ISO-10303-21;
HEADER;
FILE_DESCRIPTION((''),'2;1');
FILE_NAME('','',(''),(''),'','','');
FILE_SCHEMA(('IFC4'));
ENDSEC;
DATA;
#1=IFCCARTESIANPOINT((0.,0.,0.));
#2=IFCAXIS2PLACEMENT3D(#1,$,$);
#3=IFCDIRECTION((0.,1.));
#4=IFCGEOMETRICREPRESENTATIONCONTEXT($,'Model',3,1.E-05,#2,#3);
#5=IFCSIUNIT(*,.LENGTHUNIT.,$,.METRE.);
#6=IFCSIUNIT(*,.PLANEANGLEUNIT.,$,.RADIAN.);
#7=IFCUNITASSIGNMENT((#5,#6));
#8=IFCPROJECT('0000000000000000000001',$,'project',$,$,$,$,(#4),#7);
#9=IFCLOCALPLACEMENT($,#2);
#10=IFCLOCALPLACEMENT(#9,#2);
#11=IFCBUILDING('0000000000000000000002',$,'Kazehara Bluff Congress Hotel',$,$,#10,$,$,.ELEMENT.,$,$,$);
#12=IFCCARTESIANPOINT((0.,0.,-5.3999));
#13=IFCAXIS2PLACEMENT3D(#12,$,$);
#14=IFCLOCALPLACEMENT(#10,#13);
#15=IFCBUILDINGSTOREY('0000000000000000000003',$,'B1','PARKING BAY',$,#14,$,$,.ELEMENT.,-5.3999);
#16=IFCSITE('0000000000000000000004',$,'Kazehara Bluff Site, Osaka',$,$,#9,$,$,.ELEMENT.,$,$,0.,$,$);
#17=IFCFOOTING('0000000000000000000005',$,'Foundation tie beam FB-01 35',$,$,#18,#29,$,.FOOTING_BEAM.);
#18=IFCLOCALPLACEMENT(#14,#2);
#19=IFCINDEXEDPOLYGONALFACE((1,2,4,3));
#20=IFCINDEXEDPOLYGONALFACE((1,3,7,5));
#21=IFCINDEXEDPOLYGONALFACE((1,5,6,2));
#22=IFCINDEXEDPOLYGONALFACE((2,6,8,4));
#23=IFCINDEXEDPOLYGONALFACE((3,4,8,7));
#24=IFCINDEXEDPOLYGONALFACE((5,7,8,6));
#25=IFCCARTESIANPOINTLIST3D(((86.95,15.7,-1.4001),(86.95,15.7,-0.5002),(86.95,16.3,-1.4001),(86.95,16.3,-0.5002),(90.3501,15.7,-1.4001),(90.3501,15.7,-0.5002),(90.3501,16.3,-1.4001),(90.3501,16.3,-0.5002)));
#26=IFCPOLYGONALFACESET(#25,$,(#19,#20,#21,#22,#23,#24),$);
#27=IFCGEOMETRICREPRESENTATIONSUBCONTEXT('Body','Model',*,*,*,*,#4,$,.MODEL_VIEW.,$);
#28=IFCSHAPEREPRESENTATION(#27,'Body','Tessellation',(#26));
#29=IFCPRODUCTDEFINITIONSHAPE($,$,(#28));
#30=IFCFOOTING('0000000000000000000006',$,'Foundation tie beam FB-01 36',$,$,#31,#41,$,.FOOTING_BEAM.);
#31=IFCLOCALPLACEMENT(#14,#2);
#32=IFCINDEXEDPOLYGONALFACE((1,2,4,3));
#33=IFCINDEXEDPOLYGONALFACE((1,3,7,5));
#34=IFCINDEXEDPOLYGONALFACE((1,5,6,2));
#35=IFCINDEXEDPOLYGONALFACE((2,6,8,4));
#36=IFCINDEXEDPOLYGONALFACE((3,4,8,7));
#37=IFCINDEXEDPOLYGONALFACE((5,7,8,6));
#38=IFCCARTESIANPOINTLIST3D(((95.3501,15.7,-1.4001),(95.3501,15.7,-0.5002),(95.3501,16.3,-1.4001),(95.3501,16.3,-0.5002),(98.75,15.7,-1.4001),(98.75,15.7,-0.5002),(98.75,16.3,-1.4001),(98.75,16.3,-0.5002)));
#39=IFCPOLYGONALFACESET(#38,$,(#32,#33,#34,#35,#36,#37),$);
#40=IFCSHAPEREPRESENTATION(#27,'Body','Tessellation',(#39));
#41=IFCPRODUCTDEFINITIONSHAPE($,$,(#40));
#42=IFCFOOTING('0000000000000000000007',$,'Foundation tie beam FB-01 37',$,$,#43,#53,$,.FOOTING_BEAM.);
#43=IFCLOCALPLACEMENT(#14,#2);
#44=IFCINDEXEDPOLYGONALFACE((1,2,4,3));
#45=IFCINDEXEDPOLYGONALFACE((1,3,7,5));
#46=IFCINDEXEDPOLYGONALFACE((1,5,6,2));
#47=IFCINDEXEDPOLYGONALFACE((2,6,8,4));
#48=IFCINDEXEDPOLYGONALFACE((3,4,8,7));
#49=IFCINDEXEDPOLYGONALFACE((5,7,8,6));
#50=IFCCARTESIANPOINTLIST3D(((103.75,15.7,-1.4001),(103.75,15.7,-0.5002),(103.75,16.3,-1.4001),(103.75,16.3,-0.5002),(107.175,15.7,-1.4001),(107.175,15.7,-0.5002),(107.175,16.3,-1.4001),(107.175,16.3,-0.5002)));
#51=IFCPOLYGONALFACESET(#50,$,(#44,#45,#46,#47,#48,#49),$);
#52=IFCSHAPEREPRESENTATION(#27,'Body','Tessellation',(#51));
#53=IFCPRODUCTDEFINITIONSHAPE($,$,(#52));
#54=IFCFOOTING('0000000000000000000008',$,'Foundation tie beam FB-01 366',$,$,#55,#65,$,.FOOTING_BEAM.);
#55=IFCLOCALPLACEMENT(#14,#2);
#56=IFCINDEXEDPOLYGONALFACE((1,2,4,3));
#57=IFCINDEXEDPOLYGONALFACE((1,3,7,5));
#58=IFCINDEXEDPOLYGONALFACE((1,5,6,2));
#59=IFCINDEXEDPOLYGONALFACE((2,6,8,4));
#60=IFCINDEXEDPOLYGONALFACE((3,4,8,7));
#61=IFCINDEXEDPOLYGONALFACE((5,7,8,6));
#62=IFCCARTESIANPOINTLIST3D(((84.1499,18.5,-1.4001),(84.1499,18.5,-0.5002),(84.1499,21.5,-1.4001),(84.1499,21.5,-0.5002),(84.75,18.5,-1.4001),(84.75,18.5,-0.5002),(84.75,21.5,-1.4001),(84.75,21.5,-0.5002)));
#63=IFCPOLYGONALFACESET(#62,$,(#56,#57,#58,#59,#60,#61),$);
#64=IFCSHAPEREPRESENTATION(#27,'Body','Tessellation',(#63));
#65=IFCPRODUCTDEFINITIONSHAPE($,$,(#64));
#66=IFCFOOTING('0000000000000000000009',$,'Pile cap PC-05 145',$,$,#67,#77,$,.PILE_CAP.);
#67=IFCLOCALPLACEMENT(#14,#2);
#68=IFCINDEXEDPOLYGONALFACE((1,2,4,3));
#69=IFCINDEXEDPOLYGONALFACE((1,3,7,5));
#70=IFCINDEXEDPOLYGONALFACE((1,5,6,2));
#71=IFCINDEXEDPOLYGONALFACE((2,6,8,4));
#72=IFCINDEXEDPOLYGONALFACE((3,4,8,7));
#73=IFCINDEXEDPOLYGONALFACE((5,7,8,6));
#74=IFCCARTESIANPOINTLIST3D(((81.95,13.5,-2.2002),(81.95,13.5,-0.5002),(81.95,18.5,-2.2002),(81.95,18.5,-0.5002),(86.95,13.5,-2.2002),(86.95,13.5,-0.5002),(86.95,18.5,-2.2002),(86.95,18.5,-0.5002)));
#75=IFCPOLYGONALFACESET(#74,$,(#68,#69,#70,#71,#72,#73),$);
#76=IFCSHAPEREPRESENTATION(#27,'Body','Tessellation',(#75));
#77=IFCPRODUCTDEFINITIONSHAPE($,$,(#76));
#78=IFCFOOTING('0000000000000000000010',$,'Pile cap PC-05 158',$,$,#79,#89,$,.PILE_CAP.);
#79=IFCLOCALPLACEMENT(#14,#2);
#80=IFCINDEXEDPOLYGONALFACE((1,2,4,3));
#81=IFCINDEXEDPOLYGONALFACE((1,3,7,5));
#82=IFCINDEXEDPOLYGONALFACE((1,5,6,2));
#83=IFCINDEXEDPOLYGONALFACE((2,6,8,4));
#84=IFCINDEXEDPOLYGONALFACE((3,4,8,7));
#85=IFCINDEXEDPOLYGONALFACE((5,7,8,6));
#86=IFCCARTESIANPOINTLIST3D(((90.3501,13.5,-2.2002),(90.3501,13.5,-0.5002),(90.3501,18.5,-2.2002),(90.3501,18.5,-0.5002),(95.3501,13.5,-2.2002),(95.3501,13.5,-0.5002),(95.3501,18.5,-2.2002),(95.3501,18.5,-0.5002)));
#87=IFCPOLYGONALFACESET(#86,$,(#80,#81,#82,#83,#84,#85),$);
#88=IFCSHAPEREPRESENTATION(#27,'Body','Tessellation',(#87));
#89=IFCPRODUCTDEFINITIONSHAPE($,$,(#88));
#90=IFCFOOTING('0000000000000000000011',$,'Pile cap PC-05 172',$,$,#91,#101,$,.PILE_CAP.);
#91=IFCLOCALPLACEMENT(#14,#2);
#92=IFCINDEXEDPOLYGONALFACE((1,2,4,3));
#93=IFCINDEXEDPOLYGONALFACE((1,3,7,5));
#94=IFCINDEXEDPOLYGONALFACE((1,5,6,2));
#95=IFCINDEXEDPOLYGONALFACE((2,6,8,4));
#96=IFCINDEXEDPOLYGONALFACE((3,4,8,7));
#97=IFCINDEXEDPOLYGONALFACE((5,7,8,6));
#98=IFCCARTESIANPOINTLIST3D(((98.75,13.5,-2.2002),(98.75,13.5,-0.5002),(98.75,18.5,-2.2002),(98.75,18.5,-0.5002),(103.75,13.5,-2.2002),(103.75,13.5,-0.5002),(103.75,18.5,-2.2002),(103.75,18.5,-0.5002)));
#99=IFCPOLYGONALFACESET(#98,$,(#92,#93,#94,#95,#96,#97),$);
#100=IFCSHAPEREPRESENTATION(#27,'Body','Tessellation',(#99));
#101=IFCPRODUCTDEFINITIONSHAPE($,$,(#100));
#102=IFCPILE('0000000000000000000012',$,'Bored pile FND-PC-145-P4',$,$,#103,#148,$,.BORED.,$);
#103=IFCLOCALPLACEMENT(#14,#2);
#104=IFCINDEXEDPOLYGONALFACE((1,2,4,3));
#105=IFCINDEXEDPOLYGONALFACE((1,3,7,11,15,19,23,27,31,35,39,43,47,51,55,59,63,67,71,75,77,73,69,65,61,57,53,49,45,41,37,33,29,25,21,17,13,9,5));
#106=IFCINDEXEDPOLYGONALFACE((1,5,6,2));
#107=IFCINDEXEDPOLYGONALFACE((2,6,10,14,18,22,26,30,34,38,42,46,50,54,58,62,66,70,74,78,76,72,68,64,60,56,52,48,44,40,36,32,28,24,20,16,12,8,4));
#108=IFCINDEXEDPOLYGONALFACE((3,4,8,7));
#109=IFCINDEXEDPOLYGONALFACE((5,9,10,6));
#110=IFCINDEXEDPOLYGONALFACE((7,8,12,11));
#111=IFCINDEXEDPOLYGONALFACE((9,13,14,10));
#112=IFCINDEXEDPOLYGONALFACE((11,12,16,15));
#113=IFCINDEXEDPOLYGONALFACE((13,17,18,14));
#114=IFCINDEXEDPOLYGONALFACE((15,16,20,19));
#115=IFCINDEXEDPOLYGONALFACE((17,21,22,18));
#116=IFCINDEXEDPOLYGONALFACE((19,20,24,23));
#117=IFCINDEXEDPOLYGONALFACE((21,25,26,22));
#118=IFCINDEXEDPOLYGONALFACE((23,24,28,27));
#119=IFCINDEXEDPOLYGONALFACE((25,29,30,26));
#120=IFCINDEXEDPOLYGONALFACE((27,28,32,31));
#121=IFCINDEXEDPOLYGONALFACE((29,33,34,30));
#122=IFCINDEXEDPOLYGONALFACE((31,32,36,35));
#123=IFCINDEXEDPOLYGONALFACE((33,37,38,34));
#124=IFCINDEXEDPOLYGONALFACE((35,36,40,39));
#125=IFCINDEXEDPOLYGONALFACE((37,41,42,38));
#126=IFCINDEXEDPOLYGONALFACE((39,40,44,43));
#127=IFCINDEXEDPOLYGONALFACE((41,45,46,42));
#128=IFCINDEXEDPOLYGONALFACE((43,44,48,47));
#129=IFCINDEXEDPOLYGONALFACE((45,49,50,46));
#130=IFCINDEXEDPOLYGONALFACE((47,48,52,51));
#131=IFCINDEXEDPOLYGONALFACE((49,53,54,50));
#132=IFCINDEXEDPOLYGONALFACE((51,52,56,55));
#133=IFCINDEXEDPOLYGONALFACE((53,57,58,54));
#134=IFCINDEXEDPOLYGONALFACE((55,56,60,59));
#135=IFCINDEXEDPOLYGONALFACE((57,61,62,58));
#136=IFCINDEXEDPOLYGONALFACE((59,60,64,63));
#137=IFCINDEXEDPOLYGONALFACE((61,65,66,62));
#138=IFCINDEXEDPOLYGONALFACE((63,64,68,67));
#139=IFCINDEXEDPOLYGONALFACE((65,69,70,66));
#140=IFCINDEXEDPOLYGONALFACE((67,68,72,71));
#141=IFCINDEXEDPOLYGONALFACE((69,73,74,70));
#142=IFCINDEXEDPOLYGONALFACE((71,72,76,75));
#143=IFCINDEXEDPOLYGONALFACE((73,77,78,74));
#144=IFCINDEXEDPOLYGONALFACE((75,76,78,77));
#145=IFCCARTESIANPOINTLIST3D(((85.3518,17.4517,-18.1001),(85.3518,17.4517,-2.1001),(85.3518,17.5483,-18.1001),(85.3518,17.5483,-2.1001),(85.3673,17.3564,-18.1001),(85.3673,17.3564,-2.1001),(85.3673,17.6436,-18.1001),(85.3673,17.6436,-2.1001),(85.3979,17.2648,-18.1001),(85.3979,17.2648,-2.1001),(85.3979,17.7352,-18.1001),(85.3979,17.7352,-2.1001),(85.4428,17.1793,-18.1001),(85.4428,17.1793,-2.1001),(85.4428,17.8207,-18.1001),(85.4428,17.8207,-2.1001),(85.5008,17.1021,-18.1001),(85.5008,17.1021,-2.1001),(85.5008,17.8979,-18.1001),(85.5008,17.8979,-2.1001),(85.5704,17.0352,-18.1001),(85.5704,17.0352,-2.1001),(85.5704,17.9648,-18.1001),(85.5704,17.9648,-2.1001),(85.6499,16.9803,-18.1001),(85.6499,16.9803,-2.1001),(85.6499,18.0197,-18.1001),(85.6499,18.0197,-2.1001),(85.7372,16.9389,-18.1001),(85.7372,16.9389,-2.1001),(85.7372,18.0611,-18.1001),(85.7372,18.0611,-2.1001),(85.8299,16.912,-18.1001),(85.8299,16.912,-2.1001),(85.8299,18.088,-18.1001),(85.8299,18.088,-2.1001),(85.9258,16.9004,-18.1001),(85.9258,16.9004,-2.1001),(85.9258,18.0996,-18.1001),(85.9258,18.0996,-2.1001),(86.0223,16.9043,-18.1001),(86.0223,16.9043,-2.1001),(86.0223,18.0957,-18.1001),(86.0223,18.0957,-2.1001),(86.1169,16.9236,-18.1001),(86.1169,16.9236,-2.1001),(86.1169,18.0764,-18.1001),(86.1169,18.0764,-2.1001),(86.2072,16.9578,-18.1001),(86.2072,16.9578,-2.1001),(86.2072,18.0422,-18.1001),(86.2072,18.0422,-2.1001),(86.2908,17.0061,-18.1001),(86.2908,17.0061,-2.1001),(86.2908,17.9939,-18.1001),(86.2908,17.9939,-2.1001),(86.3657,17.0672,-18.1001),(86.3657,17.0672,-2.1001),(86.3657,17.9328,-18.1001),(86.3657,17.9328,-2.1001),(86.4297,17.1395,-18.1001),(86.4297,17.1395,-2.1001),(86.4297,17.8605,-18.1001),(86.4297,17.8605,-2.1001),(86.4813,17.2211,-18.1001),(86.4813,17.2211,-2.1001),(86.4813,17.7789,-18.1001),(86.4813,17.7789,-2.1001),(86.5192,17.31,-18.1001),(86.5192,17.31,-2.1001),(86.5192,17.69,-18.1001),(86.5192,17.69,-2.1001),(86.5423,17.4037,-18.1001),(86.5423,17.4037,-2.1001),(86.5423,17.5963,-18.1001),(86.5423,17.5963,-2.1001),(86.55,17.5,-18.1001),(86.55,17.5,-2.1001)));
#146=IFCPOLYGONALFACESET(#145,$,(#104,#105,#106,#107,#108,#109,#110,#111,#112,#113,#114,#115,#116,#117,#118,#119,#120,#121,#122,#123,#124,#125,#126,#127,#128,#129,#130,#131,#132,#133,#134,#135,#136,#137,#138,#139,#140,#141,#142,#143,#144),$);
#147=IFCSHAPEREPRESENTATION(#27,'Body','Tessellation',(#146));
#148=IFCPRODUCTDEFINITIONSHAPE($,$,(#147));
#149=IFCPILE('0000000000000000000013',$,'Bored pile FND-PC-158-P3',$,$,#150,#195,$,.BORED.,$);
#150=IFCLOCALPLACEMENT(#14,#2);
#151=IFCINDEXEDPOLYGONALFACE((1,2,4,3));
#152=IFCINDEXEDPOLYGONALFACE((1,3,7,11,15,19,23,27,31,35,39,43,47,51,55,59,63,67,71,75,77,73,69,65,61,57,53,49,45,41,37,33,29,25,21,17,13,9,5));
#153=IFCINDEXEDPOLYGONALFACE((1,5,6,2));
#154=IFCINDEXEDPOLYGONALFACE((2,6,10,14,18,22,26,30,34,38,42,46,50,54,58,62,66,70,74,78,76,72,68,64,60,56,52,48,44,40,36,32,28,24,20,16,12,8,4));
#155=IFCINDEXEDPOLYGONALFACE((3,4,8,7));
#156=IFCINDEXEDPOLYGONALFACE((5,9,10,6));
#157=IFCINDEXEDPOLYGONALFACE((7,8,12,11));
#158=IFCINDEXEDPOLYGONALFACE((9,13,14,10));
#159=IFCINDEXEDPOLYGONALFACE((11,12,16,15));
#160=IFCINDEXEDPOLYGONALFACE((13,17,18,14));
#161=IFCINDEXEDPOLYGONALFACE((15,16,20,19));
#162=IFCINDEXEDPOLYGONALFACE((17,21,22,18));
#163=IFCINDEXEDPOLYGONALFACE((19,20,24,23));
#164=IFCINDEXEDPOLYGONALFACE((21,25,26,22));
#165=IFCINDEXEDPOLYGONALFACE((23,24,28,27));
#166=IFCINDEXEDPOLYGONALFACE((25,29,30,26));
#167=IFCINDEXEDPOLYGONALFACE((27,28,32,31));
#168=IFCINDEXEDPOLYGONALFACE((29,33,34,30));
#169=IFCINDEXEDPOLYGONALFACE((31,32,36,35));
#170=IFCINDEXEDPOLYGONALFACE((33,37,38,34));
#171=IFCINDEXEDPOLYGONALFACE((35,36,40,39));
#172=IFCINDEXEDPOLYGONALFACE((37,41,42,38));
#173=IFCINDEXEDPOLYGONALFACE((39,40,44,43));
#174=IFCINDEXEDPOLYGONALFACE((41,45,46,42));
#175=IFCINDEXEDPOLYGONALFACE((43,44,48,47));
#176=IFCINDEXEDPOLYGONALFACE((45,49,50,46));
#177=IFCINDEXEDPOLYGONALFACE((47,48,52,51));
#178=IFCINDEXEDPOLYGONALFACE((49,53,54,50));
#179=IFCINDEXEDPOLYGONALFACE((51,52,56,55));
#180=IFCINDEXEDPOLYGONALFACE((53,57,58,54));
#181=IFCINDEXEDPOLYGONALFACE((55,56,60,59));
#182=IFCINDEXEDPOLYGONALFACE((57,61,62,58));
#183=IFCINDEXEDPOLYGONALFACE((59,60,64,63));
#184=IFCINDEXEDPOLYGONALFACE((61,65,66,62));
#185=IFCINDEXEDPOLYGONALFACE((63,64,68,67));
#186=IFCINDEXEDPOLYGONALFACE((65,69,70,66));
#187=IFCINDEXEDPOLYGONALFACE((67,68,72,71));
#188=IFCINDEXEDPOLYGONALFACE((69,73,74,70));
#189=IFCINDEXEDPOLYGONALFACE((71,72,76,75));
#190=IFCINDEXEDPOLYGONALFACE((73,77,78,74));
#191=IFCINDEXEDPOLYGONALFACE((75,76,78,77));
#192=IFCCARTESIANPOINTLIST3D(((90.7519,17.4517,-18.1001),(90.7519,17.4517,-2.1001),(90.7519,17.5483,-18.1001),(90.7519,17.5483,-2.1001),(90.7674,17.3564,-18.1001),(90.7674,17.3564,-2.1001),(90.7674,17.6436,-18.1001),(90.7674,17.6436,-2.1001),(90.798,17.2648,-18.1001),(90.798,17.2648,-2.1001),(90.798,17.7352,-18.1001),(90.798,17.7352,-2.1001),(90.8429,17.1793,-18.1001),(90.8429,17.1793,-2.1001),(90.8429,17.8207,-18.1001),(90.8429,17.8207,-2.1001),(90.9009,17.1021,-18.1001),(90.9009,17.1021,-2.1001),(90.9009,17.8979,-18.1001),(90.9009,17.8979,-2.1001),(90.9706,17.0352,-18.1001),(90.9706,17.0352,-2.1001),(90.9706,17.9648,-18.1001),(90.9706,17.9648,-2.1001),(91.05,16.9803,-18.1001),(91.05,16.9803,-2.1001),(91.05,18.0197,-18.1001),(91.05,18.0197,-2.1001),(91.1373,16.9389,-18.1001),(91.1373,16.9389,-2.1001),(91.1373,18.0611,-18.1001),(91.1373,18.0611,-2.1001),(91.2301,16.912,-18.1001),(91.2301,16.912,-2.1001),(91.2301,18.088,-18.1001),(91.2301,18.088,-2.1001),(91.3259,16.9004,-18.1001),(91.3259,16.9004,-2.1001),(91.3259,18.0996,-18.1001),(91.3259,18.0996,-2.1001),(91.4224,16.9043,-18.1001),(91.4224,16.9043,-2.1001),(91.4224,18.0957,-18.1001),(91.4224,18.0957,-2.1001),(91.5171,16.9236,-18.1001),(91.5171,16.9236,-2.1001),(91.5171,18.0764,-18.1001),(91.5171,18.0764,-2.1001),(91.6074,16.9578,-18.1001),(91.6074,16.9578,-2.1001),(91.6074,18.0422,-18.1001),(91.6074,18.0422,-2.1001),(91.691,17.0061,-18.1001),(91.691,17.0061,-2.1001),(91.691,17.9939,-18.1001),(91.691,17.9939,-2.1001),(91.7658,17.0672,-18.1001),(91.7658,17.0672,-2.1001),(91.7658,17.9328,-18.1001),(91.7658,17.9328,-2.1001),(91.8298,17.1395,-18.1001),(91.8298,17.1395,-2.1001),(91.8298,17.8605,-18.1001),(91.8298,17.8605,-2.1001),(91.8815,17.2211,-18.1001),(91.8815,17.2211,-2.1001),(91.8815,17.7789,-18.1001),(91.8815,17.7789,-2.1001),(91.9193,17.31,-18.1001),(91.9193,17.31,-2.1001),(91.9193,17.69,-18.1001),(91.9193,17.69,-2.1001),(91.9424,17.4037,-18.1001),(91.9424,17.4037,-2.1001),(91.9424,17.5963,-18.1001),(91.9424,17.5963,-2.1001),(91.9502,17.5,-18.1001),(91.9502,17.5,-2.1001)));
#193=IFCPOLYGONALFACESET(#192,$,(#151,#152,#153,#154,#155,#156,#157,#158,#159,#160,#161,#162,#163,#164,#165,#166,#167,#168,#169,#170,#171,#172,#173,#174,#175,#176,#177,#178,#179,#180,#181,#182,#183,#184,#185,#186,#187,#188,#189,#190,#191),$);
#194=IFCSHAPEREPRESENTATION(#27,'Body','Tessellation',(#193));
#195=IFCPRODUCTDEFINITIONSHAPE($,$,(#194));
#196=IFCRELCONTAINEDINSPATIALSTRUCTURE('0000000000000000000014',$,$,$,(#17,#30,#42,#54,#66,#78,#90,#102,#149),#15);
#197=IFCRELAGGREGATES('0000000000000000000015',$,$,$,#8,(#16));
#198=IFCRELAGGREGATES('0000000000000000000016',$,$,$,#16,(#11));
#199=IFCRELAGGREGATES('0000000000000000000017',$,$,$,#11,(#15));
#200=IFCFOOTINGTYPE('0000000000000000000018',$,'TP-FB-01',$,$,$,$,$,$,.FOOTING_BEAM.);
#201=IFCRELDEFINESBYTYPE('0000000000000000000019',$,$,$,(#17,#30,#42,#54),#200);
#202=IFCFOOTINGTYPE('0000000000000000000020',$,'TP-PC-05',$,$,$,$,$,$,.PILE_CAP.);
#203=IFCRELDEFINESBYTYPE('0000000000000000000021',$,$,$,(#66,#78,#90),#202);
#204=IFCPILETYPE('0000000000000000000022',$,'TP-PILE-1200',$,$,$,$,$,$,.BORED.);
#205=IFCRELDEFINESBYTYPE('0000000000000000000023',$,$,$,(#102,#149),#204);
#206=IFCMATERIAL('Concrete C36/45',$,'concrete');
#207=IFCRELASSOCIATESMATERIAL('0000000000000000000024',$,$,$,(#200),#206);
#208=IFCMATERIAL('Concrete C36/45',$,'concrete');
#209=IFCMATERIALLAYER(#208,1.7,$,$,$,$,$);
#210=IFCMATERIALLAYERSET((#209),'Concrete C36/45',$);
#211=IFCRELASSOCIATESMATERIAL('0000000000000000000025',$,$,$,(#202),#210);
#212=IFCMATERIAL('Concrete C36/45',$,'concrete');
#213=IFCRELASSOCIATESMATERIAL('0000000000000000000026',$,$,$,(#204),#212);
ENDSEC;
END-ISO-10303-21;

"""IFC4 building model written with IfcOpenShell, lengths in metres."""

from ifc_helpers import new_model, si_unit, direction, frame, origin, origin_2d, place, context, subcontext, project, spatial, rectangle, circle, extrude, material, layer, layer_set, material_profile, profile_set, type_object, element, save


model = new_model("IFC4")

# Units and contexts
model_context = context("Model", 3, precision=1e-05, world=origin(), true_north=direction((0.0, 1.0)))
body_context = subcontext(model_context, "Body", "Model", "MODEL_VIEW")
ifc_project = project(units=[si_unit("LENGTHUNIT", "METRE"), si_unit("PLANEANGLEUNIT", "RADIAN")], contexts=[model_context])

# Site, building, storey
site_placement = place(None, origin())
site = spatial("IfcSite", under=ifc_project, at=site_placement, Name="Kazehara Bluff Site, Osaka", CompositionType="ELEMENT", RefElevation=0.0)
building_placement = place(site_placement, origin())
building = spatial("IfcBuilding", under=site, at=building_placement, Name="Kazehara Bluff Congress Hotel", CompositionType="ELEMENT")
storey_placement = place(building_placement, frame((0.0, 0.0, -5.3999)))
storey = spatial("IfcBuildingStorey", under=building, at=storey_placement, Name="B1", Description="PARKING BAY", CompositionType="ELEMENT", Elevation=-5.3999)

# Footings
ifc_material_1 = material(Name="Concrete C36/45", Category="concrete")
ifc_material_profile_1 = material_profile(ifc_material_1, rectangle(XDim=0.6001, YDim=0.8999, at=origin_2d()))
ifc_profile_set_1 = profile_set([ifc_material_profile_1], Name="Concrete C36/45")
footing_type_1 = type_object("IfcFootingType", Name="TP-FB-01", PredefinedType="FOOTING_BEAM", material=ifc_profile_set_1)
footing_1_placement = place(storey_placement, frame((86.95, 16.0, -0.9502), z_axis=(1.0, 0.0, 0.0), x_axis=(0.0, 1.0, 0.0)))
element("IfcFooting", 1, at=footing_1_placement, inside=storey, type_object=footing_type_1, Name="Foundation tie beam FB-01 35", PredefinedType="FOOTING_BEAM", context=body_context, shape_type="SweptSolid", body=[
    extrude(rectangle(XDim=0.6001, YDim=0.8999, at=origin_2d()), origin(), (0.0, 0.0, 1.0), 3.4001),
])
footing_2_placement = place(storey_placement, frame((95.3501, 16.0, -0.9502), z_axis=(1.0, 0.0, 0.0), x_axis=(0.0, 1.0, 0.0)))
element("IfcFooting", 2, at=footing_2_placement, inside=storey, type_object=footing_type_1, Name="Foundation tie beam FB-01 36", PredefinedType="FOOTING_BEAM", context=body_context, shape_type="SweptSolid", body=[
    extrude(rectangle(XDim=0.6001, YDim=0.8999, at=origin_2d()), origin(), (0.0, 0.0, 1.0), 3.3999),
])
footing_3_placement = place(storey_placement, frame((103.75, 16.0, -0.9502), z_axis=(1.0, 0.0, 0.0), x_axis=(0.0, 1.0, 0.0)))
element("IfcFooting", 3, at=footing_3_placement, inside=storey, type_object=footing_type_1, Name="Foundation tie beam FB-01 37", PredefinedType="FOOTING_BEAM", context=body_context, shape_type="SweptSolid", body=[
    extrude(rectangle(XDim=0.6001, YDim=0.8999, at=origin_2d()), origin(), (0.0, 0.0, 1.0), 3.425),
])
footing_4_placement = place(storey_placement, frame((84.45, 18.5, -0.9502), z_axis=(0.0, 1.0, 0.0), x_axis=(-1.0, 0.0, 0.0)))
element("IfcFooting", 4, at=footing_4_placement, inside=storey, type_object=footing_type_1, Name="Foundation tie beam FB-01 366", PredefinedType="FOOTING_BEAM", context=body_context, shape_type="SweptSolid", body=[
    extrude(rectangle(XDim=0.6001, YDim=0.8999, at=origin_2d()), origin(), (0.0, 0.0, 1.0), 3.0),
])
ifc_material_2 = material(Name="Concrete C36/45", Category="concrete")
ifc_layer = layer(ifc_material_2, 1.7)
ifc_layer_set = layer_set([ifc_layer], Name="Concrete C36/45")
footing_type_2 = type_object("IfcFootingType", Name="TP-PC-05", PredefinedType="PILE_CAP", material=ifc_layer_set)
for number, where, z_axis, x_axis, name in (
    (5, (84.45, 16.0, -2.2002), (0.0, 0.0, 1.0), (1.0, 0.0, 0.0), "Pile cap PC-05 145"),
    (6, (92.8501, 16.0, -2.2002), (0.0, 0.0, 1.0), (1.0, 0.0, 0.0), "Pile cap PC-05 158"),
    (7, (101.25, 16.0, -2.2002), (0.0, 0.0, 1.0), (1.0, 0.0, 0.0), "Pile cap PC-05 172"),
):
    element("IfcFooting", number, at=place(storey_placement, frame(where, z_axis=z_axis, x_axis=x_axis)), inside=storey, type_object=footing_type_2, Name=name, PredefinedType="PILE_CAP", context=body_context, shape_type="SweptSolid", body=[
        extrude(rectangle(XDim=5.0, YDim=5.0, at=origin_2d()), origin(), (0.0, 0.0, 1.0), 1.7),
    ])

# Piles
ifc_material_3 = material(Name="Concrete C36/45", Category="concrete")
ifc_material_profile_2 = material_profile(ifc_material_3, circle(Radius=0.6001, at=origin_2d()))
ifc_profile_set_2 = profile_set([ifc_material_profile_2], Name="Concrete C36/45")
pile_type = type_object("IfcPileType", Name="TP-PILE-1200", PredefinedType="BORED", material=ifc_profile_set_2)
for number, where, z_axis, x_axis, name in (
    (8, (85.95, 17.5, -2.1001), (0.0, 0.0, -1.0), (1.0, 0.0, 0.0), "Bored pile FND-PC-145-P4"),
    (9, (91.3501, 17.5, -2.1001), (0.0, 0.0, -1.0), (1.0, 0.0, 0.0), "Bored pile FND-PC-158-P3"),
):
    element("IfcPile", number, at=place(storey_placement, frame(where, z_axis=z_axis, x_axis=x_axis)), inside=storey, type_object=pile_type, Name=name, PredefinedType="BORED", context=body_context, shape_type="SweptSolid", body=[
        extrude(circle(Radius=0.6001, at=origin_2d()), origin(), (0.0, 0.0, 1.0), 16.0),
    ])

save(model, "model.ifc")
